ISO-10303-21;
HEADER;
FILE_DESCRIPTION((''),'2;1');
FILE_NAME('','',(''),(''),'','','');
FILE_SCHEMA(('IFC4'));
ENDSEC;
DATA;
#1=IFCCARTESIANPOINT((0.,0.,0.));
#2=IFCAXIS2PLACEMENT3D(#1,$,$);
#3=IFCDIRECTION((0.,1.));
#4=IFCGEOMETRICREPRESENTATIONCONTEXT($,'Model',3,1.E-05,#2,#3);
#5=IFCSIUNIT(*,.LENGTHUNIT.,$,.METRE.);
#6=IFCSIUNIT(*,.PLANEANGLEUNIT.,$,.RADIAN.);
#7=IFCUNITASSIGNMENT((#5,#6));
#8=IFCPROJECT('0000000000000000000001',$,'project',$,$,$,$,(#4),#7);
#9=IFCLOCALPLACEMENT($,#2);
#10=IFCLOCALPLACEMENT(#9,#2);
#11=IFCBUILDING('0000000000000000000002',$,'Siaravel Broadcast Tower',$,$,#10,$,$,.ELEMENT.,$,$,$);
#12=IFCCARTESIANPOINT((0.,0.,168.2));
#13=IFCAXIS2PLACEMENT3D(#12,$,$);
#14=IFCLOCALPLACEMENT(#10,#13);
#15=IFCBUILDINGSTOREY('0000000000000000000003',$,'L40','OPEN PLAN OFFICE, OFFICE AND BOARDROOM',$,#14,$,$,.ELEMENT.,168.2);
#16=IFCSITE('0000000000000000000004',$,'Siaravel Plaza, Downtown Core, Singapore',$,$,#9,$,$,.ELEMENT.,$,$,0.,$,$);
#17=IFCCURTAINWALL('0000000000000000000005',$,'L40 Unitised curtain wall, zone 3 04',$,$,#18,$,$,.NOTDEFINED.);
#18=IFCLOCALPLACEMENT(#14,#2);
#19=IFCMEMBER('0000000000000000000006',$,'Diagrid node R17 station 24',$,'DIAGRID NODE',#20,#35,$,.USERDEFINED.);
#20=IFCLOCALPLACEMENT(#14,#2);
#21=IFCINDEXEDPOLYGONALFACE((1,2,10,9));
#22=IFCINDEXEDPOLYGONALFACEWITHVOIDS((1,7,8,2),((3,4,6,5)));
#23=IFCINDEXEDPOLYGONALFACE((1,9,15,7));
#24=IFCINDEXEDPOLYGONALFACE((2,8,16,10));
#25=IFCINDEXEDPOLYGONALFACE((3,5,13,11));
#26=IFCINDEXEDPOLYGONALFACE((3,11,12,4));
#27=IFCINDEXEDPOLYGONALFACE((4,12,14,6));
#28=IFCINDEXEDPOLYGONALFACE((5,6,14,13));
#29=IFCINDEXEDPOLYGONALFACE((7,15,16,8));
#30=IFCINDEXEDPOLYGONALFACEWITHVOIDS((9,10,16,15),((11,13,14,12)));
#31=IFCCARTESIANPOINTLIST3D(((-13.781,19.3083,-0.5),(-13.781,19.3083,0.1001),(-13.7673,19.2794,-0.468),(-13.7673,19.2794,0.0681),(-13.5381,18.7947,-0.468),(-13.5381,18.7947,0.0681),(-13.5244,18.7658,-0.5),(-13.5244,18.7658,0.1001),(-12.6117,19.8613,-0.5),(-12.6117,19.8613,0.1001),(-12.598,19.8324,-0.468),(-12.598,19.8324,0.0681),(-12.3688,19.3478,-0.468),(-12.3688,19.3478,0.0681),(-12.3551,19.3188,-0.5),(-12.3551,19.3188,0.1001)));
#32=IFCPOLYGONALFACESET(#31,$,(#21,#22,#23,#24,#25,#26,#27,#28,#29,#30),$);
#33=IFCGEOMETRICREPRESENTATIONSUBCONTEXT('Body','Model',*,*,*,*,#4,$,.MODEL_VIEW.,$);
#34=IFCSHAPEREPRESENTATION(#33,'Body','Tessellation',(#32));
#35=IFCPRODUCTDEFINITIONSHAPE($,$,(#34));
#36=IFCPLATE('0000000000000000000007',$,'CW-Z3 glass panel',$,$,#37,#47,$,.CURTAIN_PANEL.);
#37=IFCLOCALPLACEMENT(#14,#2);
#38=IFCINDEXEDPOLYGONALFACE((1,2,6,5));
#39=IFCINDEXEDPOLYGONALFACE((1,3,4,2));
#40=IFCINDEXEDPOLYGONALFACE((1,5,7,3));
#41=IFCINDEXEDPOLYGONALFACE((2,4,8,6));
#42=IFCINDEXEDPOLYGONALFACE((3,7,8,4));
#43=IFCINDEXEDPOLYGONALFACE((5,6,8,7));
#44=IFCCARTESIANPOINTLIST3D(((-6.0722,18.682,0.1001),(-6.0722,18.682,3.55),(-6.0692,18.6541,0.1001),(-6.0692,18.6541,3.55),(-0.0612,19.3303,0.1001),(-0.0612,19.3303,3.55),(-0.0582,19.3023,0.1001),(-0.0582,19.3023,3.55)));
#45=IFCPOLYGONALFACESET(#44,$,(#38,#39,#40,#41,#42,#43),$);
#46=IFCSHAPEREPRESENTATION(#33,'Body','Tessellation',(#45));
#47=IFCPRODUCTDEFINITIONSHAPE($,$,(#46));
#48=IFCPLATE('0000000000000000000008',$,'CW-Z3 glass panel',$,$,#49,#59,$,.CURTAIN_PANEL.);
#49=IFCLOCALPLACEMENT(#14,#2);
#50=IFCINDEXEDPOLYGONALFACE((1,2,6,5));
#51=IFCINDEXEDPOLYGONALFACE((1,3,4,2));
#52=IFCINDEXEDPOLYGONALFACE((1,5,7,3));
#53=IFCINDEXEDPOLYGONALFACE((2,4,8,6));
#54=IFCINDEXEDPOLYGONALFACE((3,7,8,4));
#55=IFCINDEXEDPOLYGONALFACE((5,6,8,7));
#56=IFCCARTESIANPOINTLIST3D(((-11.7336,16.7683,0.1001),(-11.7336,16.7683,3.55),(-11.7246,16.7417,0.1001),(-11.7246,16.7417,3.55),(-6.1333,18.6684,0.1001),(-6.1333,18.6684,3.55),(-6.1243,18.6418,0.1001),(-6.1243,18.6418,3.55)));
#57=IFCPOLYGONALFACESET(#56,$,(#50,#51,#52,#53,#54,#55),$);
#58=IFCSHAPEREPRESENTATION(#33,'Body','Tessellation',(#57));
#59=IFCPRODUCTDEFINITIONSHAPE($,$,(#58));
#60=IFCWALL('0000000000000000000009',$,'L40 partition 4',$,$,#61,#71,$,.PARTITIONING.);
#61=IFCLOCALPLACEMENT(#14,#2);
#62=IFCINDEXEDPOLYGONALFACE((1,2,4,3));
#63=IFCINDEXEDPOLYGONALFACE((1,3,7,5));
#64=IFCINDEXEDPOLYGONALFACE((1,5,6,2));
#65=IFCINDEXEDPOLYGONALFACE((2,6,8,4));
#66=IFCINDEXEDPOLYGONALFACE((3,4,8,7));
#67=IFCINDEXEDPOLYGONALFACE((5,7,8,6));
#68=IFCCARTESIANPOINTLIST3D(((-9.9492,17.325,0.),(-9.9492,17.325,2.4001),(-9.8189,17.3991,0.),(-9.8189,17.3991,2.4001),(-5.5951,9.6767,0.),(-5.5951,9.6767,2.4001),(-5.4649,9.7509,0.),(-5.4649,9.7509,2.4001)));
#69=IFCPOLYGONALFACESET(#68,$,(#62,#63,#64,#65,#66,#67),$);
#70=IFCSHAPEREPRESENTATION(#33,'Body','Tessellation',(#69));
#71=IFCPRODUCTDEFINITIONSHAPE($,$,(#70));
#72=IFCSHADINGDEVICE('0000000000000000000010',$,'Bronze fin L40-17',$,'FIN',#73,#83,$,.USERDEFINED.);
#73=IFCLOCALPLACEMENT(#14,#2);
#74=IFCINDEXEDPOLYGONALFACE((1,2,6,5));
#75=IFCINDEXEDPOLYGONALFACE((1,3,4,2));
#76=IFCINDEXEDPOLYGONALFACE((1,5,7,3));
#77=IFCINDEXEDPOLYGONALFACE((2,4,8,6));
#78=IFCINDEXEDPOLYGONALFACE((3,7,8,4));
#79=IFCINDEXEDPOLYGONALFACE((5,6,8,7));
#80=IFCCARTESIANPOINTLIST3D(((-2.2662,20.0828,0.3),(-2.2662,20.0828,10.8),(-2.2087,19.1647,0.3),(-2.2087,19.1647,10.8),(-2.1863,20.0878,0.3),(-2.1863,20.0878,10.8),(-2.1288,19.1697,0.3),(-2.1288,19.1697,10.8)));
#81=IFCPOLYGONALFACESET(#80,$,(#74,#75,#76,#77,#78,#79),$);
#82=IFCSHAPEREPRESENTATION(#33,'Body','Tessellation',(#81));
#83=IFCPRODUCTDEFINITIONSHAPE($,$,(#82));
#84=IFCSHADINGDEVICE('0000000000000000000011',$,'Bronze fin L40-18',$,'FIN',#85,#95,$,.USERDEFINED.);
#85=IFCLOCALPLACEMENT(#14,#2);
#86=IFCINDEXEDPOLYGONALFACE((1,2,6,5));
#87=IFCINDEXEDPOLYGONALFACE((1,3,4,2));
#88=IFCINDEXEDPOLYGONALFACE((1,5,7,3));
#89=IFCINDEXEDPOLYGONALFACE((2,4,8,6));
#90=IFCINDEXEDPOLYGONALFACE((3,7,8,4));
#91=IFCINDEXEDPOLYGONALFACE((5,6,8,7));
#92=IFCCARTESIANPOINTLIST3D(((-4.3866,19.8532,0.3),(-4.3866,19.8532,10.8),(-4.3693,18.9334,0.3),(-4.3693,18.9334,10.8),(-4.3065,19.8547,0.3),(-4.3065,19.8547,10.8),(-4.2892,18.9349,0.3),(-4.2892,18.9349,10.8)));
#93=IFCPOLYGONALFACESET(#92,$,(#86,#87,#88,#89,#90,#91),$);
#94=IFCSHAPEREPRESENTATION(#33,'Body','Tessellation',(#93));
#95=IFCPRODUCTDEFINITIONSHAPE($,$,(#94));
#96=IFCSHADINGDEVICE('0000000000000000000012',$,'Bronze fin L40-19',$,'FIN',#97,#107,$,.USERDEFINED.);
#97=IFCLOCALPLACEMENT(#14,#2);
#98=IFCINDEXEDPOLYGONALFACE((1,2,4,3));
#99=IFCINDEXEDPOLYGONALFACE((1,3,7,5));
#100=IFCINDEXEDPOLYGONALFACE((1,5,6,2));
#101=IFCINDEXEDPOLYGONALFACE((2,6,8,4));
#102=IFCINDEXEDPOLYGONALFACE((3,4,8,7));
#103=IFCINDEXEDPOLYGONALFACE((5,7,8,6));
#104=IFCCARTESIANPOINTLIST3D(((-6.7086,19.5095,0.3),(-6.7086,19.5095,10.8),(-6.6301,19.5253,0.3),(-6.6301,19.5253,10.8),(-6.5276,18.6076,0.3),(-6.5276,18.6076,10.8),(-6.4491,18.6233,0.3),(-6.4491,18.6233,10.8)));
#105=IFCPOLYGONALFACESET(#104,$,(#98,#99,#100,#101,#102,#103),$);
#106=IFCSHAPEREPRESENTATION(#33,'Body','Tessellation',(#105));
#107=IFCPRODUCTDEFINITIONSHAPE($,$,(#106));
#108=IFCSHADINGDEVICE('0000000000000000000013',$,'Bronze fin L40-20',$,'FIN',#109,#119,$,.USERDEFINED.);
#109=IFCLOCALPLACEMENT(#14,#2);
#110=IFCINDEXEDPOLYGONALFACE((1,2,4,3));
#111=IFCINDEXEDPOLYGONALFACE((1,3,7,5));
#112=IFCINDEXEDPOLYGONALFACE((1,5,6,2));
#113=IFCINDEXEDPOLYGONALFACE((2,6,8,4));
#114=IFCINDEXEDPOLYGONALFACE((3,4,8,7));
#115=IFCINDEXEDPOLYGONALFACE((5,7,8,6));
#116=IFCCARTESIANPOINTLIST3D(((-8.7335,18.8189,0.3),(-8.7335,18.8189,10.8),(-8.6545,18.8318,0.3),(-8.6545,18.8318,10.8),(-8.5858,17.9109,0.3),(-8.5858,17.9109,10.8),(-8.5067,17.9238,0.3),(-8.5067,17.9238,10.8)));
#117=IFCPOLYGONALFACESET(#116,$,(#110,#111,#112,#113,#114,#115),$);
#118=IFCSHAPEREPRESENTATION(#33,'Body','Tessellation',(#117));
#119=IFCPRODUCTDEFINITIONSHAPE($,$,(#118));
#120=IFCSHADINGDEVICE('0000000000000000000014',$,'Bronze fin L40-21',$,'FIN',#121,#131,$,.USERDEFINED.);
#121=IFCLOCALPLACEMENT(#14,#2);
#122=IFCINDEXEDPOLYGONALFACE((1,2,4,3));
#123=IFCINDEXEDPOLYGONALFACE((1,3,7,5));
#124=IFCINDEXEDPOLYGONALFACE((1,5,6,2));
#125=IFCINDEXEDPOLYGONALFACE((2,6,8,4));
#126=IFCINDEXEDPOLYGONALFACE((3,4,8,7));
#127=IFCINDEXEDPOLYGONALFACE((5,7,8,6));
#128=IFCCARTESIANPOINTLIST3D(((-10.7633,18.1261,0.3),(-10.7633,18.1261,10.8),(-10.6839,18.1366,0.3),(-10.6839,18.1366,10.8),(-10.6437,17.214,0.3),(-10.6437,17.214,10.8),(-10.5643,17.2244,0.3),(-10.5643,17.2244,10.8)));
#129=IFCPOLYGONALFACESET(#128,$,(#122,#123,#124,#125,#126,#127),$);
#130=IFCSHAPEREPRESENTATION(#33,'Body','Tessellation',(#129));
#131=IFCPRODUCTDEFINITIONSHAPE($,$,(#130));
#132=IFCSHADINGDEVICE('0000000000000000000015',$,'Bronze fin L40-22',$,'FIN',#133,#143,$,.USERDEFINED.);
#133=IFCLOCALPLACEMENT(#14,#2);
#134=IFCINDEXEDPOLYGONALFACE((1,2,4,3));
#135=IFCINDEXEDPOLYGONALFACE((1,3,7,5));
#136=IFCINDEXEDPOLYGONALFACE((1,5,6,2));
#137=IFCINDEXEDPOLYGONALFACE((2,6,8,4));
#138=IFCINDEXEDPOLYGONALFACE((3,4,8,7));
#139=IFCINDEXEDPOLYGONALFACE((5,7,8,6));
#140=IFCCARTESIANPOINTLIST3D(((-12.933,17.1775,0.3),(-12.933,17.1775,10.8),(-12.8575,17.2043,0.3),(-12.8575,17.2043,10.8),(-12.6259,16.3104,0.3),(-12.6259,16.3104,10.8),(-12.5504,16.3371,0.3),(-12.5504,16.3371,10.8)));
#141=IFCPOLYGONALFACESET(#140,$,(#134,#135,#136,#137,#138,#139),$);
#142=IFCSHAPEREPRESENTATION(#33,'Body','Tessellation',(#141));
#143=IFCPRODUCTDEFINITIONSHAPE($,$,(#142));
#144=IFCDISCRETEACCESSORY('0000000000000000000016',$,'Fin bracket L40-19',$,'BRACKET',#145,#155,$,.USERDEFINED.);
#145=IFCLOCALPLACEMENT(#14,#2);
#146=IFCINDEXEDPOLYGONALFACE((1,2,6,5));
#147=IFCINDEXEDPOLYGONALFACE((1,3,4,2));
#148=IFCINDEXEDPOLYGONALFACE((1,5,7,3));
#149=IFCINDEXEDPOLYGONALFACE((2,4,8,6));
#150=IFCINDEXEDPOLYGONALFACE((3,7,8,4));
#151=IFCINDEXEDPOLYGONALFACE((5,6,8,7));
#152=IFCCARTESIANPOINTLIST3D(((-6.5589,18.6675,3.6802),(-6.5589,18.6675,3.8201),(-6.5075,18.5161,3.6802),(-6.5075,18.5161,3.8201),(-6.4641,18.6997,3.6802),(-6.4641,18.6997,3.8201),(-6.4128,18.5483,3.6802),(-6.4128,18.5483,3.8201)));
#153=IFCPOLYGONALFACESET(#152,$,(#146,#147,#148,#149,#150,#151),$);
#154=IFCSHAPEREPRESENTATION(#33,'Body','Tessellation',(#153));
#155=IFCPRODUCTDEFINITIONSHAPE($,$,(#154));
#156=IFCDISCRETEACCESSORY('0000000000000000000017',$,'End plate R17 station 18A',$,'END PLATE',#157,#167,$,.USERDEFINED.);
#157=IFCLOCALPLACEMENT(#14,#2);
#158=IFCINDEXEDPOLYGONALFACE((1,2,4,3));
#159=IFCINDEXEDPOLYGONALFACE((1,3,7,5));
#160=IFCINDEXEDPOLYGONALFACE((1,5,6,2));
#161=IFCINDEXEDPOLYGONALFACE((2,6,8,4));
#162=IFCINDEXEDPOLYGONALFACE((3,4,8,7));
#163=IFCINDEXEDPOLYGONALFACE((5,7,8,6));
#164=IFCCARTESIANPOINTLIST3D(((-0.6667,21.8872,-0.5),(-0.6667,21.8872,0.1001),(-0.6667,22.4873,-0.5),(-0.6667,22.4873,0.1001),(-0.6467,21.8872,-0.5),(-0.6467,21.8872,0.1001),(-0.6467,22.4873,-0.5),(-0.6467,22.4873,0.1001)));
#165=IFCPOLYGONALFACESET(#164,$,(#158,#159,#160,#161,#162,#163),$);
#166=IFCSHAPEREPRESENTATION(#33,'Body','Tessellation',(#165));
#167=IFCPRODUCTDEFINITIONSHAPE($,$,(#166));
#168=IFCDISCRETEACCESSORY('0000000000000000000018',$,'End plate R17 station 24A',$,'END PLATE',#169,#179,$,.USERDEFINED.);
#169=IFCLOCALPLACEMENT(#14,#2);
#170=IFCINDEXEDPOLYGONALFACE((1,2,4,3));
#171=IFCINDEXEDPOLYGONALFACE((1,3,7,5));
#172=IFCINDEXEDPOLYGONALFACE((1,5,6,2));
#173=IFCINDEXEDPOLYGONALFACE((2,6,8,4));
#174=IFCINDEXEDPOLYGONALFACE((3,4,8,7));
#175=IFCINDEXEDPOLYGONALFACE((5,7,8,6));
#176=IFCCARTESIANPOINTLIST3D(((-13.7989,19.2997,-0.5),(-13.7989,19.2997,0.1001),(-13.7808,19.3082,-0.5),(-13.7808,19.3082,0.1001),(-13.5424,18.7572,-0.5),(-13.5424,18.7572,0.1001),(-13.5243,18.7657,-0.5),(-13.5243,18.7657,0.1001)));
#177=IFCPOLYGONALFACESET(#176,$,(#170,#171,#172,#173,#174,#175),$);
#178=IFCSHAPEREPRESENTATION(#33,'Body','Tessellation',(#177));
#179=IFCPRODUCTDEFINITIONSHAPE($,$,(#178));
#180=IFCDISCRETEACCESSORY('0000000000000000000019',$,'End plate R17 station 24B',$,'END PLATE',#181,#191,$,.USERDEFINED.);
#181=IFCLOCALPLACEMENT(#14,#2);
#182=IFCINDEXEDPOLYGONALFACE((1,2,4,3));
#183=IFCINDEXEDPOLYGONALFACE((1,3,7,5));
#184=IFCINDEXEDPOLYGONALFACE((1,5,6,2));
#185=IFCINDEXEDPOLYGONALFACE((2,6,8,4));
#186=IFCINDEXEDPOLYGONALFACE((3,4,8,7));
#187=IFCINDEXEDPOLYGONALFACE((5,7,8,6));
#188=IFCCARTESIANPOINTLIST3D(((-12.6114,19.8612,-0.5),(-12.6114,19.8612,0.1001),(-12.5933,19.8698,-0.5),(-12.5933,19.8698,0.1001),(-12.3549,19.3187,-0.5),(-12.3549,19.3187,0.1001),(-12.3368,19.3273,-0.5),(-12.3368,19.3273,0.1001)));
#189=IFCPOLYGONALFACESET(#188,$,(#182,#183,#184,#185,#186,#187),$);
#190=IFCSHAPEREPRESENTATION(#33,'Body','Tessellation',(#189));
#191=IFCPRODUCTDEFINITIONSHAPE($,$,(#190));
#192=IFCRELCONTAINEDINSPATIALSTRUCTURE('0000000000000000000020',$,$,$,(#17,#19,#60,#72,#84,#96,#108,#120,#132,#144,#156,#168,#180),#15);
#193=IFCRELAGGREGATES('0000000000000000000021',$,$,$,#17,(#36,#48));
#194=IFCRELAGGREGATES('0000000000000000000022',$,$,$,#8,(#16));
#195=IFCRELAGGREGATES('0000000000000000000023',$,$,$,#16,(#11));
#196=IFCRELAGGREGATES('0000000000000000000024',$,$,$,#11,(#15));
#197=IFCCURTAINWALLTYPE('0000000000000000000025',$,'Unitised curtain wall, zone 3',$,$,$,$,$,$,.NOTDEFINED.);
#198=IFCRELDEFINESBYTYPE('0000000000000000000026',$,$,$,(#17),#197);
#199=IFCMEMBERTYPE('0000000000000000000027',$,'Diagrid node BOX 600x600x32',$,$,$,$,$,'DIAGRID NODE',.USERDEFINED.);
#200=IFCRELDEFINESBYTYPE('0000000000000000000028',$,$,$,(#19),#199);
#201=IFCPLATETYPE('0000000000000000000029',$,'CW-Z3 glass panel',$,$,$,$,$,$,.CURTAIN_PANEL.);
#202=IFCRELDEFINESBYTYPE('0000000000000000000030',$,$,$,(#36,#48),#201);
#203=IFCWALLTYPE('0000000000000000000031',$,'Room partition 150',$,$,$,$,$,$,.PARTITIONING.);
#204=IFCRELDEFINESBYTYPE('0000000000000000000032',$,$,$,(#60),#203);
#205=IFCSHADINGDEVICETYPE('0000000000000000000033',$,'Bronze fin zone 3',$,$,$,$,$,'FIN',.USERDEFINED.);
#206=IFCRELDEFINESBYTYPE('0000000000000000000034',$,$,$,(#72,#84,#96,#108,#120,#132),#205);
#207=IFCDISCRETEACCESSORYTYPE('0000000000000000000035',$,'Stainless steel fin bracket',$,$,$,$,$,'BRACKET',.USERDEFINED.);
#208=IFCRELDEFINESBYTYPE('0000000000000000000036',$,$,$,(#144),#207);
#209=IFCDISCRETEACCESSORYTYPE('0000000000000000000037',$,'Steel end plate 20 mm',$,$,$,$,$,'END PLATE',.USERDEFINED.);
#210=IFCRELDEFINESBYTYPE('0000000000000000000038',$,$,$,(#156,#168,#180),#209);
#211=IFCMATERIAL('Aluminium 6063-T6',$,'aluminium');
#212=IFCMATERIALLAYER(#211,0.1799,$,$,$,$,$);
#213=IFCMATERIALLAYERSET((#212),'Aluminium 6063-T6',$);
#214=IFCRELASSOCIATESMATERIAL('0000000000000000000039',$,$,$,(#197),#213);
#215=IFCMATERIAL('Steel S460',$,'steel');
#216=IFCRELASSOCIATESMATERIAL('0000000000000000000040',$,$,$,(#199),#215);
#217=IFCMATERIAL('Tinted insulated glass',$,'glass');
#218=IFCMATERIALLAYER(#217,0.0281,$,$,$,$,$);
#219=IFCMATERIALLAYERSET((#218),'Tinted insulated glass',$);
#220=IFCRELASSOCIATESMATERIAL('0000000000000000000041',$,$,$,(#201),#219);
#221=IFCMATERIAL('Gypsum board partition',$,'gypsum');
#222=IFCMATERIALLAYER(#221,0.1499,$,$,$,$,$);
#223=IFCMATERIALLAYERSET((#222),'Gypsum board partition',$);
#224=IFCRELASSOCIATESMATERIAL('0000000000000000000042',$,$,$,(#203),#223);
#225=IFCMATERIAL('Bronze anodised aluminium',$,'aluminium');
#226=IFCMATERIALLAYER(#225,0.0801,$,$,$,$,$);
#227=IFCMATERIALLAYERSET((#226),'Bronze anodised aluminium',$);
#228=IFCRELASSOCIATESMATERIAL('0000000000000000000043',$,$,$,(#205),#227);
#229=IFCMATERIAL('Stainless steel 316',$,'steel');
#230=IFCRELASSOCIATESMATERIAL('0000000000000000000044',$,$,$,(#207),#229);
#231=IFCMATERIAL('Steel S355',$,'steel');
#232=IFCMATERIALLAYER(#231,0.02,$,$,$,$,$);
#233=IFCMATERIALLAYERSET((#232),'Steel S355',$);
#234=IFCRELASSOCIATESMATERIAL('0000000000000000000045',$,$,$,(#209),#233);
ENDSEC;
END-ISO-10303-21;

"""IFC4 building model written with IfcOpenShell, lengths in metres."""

from ifc_helpers import new_model, si_unit, direction, frame, frame_2d, origin, origin_2d, place, context, subcontext, project, spatial, rectangle, hollow_rectangle, extrude, material, layer, layer_set, material_profile, profile_set, type_object, element, aggregate, save


model = new_model("IFC4")

# Units and contexts
model_context = context("Model", 3, precision=1e-05, world=origin(), true_north=direction((0.0, 1.0)))
body_context = subcontext(model_context, "Body", "Model", "MODEL_VIEW")
ifc_project = project(units=[si_unit("LENGTHUNIT", "METRE"), si_unit("PLANEANGLEUNIT", "RADIAN")], contexts=[model_context])

# Site, building, storey
site_placement = place(None, origin())
site = spatial("IfcSite", under=ifc_project, at=site_placement, Name="Siaravel Plaza, Downtown Core, Singapore", CompositionType="ELEMENT", RefElevation=0.0)
building_placement = place(site_placement, origin())
building = spatial("IfcBuilding", under=site, at=building_placement, Name="Siaravel Broadcast Tower", CompositionType="ELEMENT")
storey_placement = place(building_placement, frame((0.0, 0.0, 168.2)))
storey = spatial("IfcBuildingStorey", under=building, at=storey_placement, Name="L40", Description="OPEN PLAN OFFICE, OFFICE AND BOARDROOM", CompositionType="ELEMENT", Elevation=168.2)

# Shared definitions
ifc_material_1 = material(Name="Steel S355", Category="steel")

# Curtain wall
ifc_material_2 = material(Name="Aluminium 6063-T6", Category="aluminium")
ifc_layer_1 = layer(ifc_material_2, 0.1799)
ifc_layer_set_1 = layer_set([ifc_layer_1], Name="Aluminium 6063-T6")
curtain_wall_type = type_object("IfcCurtainWallType", Name="Unitised curtain wall, zone 3", PredefinedType="NOTDEFINED", material=ifc_layer_set_1)
curtain_wall_placement = place(storey_placement, origin())
curtain_wall = element("IfcCurtainWall", 1, at=curtain_wall_placement, inside=storey, type_object=curtain_wall_type, Name="L40 Unitised curtain wall, zone 3 04", PredefinedType="NOTDEFINED")

# Member
ifc_material_3 = material(Name="Steel S460", Category="steel")
ifc_material_profile_1 = material_profile(ifc_material_3, hollow_rectangle(XDim=0.6001, YDim=0.6001, WallThickness=0.032, at=origin_2d()))
ifc_profile_set_1 = profile_set([ifc_material_profile_1], Name="Steel S460")
member_type_1 = type_object("IfcMemberType", Name="Diagrid node BOX 600x600x32", ElementType="DIAGRID NODE", PredefinedType="USERDEFINED", material=ifc_profile_set_1)
member_1_placement = place(storey_placement, frame((-12.4834, 19.5901, -0.2), z_axis=(-0.903991, -0.427551, 0.0), x_axis=(0.427551, -0.903991, 0.0)))
element("IfcMember", 2, at=member_1_placement, inside=storey, type_object=member_type_1, Name="Diagrid node R17 station 24", ObjectType="DIAGRID NODE", PredefinedType="USERDEFINED", context=body_context, shape_type="SweptSolid", body=[
    extrude(hollow_rectangle(XDim=0.6001, YDim=0.6001, WallThickness=0.032, at=origin_2d()), origin(), (0.0, 0.0, 1.0), 1.2935),
])

# Plates
ifc_material_4 = material(Name="Tinted insulated glass", Category="glass")
ifc_layer_2 = layer(ifc_material_4, 0.0281)
ifc_layer_set_2 = layer_set([ifc_layer_2], Name="Tinted insulated glass")
plate_type = type_object("IfcPlateType", Name="CW-Z3 glass panel", PredefinedType="CURTAIN_PANEL", material=ifc_layer_set_2)
plate_1_placement = place(storey_placement, frame((-3.0652, 18.9922, 0.1001), z_axis=(0.0, 0.0, 1.0), x_axis=(-0.994236, -0.107217, 0.0)))
plate_1 = element("IfcPlate", 3, at=plate_1_placement, type_object=plate_type, Name="CW-Z3 glass panel", PredefinedType="CURTAIN_PANEL", context=body_context, shape_type="SweptSolid", body=[
    extrude(rectangle(XDim=6.0459, YDim=0.0281, at=origin_2d()), origin(), (0.0, 0.0, 1.0), 3.45),
])
plate_2_placement = place(storey_placement, frame((-8.929, 17.7051, 0.1001), z_axis=(0.0, 0.0, 1.0), x_axis=(-0.946977, -0.3213, 0.0)))
plate_2 = element("IfcPlate", 4, at=plate_2_placement, type_object=plate_type, Name="CW-Z3 glass panel", PredefinedType="CURTAIN_PANEL", context=body_context, shape_type="SweptSolid", body=[
    extrude(rectangle(XDim=5.9138, YDim=0.0281, at=origin_2d()), origin(), (0.0, 0.0, 1.0), 3.45),
])
aggregate(curtain_wall, [plate_1, plate_2])

# Wall
ifc_material_5 = material(Name="Gypsum board partition", Category="gypsum")
ifc_layer_3 = layer(ifc_material_5, 0.1499)
ifc_layer_set_3 = layer_set([ifc_layer_3], Name="Gypsum board partition")
wall_type = type_object("IfcWallType", Name="Room partition 150", PredefinedType="PARTITIONING", material=ifc_layer_set_3)
wall_placement = place(storey_placement, frame((-9.884, 17.3621, 0.0), z_axis=(0.0, 0.0, 1.0), x_axis=(0.494734, -0.869044, 0.0)))
element("IfcWall", 5, at=wall_placement, inside=storey, type_object=wall_type, Name="L40 partition 4", PredefinedType="PARTITIONING", context=body_context, shape_type="SweptSolid", body=[
    extrude(rectangle(XDim=8.8008, YDim=0.1499, at=frame_2d((4.4004, 0.0))), origin(), (0.0, 0.0, 1.0), 2.4001),
])

# Shading devices
ifc_material_6 = material(Name="Bronze anodised aluminium", Category="aluminium")
ifc_layer_4 = layer(ifc_material_6, 0.0801)
ifc_layer_set_4 = layer_set([ifc_layer_4], Name="Bronze anodised aluminium")
shading_device_type = type_object("IfcShadingDeviceType", Name="Bronze fin zone 3", ElementType="FIN", PredefinedType="USERDEFINED", material=ifc_layer_set_4)
for number, where, z_axis, x_axis, name in (
    (6, (-2.1975, 19.6262, 0.3), (0.0, 0.0, 1.0), (-0.062467, 0.998047, 0.0), "Bronze fin L40-17"),
    (7, (-4.3379, 19.394, 0.3), (0.0, 0.0, 1.0), (-0.018819, 0.999823, 0.0), "Bronze fin L40-18"),
    (8, (-6.5789, 19.0664, 0.3), (0.0, 0.0, 1.0), (-0.196793, 0.980445, 0.0), "Bronze fin L40-19"),
    (9, (-8.6201, 18.3713, 0.3), (0.0, 0.0, 1.0), (-0.160613, 0.987017, 0.0), "Bronze fin L40-20"),
    (10, (-10.6638, 17.6753, 0.3), (0.0, 0.0, 1.0), (-0.13, 0.991514, 0.0), "Bronze fin L40-21"),
    (11, (-12.7417, 16.7573, 0.3), (0.0, 0.0, 1.0), (-0.333879, 0.942616, 0.0), "Bronze fin L40-22"),
):
    element("IfcShadingDevice", number, at=place(storey_placement, frame(where, z_axis=z_axis, x_axis=x_axis)), inside=storey, type_object=shading_device_type, Name=name, ObjectType="FIN", PredefinedType="USERDEFINED", context=body_context, shape_type="SweptSolid", body=[
        extrude(rectangle(XDim=0.9199, YDim=0.0801, at=origin_2d()), origin(), (0.0, 0.0, 1.0), 10.5),
    ])

# Discrete accessories
ifc_material_7 = material(Name="Stainless steel 316", Category="steel")
discrete_accessory_type_1 = type_object("IfcDiscreteAccessoryType", Name="Stainless steel fin bracket", ElementType="BRACKET", PredefinedType="USERDEFINED", material=ifc_material_7)
discrete_accessory_placement = place(storey_placement, frame((-6.4858, 18.6079, 3.6802), z_axis=(0.0, 0.0, 1.0), x_axis=(-0.321301, 0.946977, 0.0)))
element("IfcDiscreteAccessory", 12, at=discrete_accessory_placement, inside=storey, type_object=discrete_accessory_type_1, Name="Fin bracket L40-19", ObjectType="BRACKET", PredefinedType="USERDEFINED", context=body_context, shape_type="SweptSolid", body=[
    extrude(rectangle(XDim=0.1599, YDim=0.1001, at=origin_2d()), origin(), (0.0, 0.0, 1.0), 0.1399),
])
ifc_layer_5 = layer(ifc_material_1, 0.02)
ifc_layer_set_5 = layer_set([ifc_layer_5], Name="Steel S355")
discrete_accessory_type_2 = type_object("IfcDiscreteAccessoryType", Name="Steel end plate 20 mm", ElementType="END PLATE", PredefinedType="USERDEFINED", material=ifc_layer_set_5)
for number, where, z_axis, x_axis, name in (
    (13, (-0.6567, 22.1873, -0.5), (0.0, 0.0, 1.0), (-1.0, 0.0, 0.0), "End plate R17 station 18A"),
    (14, (-13.6616, 19.0327, -0.5), (0.0, 0.0, 1.0), (-0.904006, -0.427519, 0.0), "End plate R17 station 24A"),
    (15, (-12.4741, 19.5942, -0.5), (0.0, 0.0, 1.0), (-0.904006, -0.427519, 0.0), "End plate R17 station 24B"),
):
    element("IfcDiscreteAccessory", number, at=place(storey_placement, frame(where, z_axis=z_axis, x_axis=x_axis)), inside=storey, type_object=discrete_accessory_type_2, Name=name, ObjectType="END PLATE", PredefinedType="USERDEFINED", context=body_context, shape_type="SweptSolid", body=[
        extrude(rectangle(XDim=0.02, YDim=0.6001, at=origin_2d()), origin(), (0.0, 0.0, 1.0), 0.6001),
    ])

save(model, "model.ifc")
